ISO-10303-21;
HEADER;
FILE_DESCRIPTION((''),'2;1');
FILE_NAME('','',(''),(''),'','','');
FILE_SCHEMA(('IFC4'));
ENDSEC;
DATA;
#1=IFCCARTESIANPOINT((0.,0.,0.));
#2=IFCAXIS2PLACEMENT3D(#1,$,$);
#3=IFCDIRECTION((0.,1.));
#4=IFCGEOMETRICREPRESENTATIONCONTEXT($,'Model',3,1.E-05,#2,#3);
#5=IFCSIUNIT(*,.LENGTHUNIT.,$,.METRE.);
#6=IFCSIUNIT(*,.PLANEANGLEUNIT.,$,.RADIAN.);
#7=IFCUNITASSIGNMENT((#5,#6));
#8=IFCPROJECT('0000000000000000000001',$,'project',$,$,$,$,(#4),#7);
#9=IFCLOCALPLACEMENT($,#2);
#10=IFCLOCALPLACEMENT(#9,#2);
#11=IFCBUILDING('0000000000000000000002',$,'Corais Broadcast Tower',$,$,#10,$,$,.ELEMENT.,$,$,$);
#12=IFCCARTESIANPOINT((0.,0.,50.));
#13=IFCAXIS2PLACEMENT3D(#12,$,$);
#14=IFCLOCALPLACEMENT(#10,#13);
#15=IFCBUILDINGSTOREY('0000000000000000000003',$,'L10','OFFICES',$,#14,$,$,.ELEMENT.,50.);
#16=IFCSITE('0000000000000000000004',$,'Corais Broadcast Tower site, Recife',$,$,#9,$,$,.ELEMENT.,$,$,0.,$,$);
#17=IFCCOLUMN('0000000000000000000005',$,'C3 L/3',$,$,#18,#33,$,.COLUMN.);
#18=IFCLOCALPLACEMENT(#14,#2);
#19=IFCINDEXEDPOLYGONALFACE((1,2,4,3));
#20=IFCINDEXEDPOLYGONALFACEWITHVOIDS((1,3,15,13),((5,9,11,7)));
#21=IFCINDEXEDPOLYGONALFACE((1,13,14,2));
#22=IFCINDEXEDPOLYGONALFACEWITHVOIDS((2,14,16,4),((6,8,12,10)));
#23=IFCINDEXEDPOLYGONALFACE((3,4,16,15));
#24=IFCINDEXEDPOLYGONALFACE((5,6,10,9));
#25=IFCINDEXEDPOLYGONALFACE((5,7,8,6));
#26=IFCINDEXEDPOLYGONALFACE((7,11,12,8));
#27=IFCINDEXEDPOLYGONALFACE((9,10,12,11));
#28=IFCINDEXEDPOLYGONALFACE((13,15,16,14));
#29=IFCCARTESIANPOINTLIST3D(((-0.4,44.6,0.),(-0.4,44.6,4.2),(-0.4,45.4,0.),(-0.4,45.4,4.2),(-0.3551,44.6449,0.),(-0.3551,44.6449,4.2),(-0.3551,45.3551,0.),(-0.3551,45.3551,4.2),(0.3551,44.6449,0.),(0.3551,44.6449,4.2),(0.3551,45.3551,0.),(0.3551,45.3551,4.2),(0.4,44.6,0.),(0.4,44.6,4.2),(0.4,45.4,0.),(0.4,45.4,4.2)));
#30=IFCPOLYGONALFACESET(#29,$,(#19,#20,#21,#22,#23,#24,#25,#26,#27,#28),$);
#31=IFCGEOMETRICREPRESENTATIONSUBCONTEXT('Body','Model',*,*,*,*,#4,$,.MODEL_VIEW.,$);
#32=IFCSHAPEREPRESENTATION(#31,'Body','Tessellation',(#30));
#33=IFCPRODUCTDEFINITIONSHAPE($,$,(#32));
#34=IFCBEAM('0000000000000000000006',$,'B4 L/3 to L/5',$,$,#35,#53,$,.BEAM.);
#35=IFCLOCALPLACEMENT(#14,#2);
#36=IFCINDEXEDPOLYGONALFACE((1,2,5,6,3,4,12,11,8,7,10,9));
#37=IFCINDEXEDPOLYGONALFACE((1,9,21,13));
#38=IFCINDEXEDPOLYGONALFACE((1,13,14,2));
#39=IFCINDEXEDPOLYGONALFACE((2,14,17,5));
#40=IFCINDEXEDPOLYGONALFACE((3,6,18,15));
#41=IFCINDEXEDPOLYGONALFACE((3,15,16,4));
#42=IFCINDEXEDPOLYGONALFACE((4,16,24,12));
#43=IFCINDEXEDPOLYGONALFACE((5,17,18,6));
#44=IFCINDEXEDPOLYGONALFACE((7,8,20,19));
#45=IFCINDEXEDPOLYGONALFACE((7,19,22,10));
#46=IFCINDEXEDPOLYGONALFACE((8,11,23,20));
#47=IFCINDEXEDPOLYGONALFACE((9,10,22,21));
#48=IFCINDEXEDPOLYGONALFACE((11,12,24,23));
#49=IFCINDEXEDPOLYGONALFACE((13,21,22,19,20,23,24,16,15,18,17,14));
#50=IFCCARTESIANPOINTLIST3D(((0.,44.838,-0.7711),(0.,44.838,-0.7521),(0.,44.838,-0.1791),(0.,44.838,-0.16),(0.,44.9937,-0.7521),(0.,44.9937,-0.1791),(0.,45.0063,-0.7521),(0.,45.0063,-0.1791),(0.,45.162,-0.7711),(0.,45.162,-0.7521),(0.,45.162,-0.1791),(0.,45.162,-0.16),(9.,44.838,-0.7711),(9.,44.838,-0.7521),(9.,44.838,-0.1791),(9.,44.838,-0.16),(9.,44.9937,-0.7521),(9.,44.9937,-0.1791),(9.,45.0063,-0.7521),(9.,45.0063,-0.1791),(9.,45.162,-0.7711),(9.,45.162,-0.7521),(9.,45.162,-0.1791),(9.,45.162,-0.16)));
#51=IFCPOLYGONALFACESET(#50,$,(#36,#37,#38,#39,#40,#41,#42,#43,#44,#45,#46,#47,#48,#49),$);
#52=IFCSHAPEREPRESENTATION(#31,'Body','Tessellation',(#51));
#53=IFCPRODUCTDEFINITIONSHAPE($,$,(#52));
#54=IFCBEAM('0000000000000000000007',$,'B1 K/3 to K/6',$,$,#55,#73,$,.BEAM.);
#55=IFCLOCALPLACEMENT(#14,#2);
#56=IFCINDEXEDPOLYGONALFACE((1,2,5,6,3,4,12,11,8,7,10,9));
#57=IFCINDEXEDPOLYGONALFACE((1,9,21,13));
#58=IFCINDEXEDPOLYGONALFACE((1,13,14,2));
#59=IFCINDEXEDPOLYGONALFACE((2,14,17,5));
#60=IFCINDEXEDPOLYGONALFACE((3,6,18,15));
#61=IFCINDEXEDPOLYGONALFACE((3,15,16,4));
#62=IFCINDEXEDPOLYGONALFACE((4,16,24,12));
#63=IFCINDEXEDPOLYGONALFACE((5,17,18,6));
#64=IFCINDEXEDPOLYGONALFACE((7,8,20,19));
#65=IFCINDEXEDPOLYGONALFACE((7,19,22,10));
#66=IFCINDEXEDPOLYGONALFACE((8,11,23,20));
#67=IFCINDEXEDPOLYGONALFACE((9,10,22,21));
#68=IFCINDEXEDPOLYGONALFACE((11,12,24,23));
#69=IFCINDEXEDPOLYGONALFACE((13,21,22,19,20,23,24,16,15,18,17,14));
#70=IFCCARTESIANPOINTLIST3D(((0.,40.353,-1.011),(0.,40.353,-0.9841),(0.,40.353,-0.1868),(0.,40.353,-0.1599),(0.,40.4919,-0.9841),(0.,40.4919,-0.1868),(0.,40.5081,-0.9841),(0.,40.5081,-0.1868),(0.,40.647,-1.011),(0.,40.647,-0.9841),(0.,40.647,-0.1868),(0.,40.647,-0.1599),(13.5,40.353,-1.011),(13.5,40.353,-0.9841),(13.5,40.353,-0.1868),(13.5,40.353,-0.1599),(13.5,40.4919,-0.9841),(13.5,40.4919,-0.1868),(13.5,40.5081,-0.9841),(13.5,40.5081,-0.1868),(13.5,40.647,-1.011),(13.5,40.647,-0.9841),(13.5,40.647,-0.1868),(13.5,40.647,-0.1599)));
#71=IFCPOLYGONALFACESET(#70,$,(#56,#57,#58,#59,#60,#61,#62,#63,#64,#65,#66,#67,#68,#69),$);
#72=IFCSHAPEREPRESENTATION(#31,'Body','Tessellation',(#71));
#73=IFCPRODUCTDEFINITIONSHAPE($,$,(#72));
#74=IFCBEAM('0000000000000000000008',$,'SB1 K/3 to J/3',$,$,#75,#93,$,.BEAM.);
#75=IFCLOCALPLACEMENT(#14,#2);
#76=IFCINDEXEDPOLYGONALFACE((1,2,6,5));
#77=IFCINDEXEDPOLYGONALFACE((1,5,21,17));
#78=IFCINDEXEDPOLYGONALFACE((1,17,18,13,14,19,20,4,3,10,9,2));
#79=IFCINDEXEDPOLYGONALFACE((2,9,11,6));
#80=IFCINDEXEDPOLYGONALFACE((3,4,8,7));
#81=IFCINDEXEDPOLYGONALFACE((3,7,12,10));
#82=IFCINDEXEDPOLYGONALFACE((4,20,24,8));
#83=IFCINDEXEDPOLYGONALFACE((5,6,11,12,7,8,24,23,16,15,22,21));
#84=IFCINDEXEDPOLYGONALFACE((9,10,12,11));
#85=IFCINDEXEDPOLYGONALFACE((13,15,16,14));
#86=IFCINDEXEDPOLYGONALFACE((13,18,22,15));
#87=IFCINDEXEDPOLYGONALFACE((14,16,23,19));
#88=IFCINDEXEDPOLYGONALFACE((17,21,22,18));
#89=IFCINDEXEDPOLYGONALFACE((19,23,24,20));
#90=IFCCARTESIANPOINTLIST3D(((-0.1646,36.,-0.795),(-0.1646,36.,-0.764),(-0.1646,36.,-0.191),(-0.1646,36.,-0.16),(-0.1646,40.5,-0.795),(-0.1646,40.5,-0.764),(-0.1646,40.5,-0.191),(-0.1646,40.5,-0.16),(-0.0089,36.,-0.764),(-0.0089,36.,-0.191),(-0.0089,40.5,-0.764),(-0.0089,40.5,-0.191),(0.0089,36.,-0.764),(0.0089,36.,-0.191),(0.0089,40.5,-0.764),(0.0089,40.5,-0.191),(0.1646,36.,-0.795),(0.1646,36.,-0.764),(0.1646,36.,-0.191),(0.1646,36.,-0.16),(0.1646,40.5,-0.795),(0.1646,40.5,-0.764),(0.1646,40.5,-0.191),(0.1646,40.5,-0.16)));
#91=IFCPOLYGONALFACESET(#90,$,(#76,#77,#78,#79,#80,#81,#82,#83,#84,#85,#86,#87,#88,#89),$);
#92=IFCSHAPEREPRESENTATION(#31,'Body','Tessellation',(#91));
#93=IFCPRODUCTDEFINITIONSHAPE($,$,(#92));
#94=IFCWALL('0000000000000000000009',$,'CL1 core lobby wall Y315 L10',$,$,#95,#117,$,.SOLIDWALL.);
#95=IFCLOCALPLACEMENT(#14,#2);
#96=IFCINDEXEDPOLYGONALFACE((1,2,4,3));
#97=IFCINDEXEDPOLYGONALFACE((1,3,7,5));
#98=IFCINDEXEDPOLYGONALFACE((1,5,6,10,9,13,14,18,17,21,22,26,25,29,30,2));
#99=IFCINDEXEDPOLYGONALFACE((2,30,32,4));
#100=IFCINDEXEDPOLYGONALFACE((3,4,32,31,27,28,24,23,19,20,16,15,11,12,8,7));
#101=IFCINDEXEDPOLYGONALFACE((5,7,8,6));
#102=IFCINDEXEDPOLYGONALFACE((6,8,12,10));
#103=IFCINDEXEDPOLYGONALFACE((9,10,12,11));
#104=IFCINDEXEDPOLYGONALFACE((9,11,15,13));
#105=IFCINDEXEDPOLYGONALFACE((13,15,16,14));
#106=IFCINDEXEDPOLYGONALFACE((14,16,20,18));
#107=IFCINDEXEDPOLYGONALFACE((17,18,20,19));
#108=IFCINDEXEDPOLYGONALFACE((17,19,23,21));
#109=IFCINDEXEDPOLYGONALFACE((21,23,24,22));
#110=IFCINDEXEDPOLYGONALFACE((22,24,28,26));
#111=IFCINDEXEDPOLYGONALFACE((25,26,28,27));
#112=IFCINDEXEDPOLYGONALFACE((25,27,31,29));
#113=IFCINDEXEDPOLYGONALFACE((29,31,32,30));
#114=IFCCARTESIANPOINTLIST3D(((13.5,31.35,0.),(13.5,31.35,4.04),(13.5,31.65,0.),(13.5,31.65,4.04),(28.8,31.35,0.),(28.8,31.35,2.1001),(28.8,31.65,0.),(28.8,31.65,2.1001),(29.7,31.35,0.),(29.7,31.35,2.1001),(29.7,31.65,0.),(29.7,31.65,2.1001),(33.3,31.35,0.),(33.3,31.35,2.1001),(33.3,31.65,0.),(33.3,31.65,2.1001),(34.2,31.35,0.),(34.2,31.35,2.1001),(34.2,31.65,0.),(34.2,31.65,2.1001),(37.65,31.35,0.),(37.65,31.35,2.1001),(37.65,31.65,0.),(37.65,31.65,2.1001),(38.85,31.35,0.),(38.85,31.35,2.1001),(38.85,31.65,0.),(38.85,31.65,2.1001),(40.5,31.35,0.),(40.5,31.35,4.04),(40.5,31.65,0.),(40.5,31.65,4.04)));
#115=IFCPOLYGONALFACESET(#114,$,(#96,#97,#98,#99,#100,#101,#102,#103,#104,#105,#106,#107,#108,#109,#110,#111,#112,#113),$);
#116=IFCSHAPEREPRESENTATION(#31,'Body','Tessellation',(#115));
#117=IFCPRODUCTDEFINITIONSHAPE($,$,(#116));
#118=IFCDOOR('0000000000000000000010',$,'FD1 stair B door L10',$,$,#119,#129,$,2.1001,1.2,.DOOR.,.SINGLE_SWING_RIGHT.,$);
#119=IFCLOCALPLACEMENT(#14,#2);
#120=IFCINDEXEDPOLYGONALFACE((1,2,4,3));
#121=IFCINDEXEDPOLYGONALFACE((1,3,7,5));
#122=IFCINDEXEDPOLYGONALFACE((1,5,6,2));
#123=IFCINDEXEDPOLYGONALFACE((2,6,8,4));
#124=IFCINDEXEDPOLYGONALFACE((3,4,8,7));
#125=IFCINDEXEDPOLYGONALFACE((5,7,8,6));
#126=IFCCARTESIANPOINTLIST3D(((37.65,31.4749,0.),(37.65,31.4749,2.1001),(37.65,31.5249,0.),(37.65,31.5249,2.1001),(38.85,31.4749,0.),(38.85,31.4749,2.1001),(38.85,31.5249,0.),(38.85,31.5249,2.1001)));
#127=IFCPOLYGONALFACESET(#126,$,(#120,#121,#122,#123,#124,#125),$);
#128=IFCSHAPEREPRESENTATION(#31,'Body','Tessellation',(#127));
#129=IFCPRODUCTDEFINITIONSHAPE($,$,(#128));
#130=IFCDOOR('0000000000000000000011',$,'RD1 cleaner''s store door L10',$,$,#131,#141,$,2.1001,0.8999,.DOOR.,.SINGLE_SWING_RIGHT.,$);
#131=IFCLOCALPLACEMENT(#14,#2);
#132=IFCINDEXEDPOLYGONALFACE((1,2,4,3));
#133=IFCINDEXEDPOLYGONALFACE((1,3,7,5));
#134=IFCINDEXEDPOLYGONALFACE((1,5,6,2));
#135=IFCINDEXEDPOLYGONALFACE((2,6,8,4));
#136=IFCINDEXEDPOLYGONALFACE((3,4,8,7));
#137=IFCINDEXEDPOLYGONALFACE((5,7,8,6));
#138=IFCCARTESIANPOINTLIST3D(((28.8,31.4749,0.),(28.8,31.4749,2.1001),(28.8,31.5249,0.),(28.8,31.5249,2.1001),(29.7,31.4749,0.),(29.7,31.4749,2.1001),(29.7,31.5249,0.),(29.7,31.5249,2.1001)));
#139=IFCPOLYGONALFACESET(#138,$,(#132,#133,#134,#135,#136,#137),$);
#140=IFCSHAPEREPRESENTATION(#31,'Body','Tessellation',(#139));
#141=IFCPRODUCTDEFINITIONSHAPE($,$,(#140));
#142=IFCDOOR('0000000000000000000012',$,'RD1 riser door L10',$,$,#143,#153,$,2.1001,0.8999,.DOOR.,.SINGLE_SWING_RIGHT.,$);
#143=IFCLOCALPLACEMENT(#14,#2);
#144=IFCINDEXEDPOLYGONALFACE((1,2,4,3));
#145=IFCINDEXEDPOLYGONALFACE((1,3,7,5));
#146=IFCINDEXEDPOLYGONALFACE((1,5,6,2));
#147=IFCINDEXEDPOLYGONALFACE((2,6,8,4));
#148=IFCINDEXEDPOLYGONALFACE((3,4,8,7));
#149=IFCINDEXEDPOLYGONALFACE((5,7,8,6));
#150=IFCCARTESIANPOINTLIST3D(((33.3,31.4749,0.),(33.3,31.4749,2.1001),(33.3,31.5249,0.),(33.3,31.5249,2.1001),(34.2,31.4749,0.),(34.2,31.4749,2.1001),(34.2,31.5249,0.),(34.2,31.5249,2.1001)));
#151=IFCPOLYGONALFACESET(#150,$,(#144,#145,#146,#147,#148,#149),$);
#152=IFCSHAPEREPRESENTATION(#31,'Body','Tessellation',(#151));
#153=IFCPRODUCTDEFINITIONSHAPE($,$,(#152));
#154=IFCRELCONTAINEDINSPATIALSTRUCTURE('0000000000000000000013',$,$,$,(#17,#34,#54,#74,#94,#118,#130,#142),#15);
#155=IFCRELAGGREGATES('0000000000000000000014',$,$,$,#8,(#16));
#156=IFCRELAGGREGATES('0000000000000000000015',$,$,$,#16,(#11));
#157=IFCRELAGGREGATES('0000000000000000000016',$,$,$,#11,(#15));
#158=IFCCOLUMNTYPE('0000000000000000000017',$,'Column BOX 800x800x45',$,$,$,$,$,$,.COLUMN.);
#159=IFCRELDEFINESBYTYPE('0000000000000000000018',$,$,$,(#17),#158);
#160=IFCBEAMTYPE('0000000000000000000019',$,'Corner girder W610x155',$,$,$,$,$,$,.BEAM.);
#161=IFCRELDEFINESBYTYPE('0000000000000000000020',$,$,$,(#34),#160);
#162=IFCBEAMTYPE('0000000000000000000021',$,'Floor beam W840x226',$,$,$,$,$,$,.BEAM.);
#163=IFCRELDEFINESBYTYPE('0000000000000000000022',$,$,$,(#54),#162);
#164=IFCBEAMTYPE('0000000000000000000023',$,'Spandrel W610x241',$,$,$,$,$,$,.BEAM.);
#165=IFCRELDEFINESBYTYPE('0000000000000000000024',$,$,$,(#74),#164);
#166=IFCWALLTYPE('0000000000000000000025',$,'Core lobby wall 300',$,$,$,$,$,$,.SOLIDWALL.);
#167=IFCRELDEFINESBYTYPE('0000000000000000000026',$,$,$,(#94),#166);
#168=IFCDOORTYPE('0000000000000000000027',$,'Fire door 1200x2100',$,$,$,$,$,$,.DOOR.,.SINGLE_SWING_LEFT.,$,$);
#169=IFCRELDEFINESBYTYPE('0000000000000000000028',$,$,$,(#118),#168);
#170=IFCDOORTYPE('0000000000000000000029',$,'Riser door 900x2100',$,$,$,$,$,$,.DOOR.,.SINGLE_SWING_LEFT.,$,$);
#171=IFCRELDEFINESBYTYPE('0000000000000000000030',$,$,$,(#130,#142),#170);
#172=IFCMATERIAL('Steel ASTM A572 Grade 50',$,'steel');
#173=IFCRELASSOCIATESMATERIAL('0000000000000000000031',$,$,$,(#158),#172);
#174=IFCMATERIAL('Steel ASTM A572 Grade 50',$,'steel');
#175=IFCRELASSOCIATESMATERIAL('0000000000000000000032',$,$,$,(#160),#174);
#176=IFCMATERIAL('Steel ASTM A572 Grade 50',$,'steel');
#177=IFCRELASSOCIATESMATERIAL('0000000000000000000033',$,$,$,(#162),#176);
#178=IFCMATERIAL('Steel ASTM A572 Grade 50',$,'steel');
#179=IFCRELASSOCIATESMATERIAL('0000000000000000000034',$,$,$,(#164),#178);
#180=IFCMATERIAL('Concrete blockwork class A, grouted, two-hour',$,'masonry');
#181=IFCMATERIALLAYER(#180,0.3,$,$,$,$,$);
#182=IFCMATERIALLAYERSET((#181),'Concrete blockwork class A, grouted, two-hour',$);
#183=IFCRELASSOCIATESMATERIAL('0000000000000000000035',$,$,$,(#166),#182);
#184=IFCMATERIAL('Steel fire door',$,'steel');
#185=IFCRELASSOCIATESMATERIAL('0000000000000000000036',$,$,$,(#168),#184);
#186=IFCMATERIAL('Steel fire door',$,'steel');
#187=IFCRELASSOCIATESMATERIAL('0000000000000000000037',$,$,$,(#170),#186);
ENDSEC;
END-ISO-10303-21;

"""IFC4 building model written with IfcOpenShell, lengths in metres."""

from ifc_helpers import new_model, si_unit, direction, frame, frame_2d, origin, origin_2d, place, context, subcontext, project, spatial, rectangle, hollow_rectangle, i_section, extrude, material, layer, layer_set, material_profile, profile_set, type_object, element, fill, save


model = new_model("IFC4")

# Units and contexts
model_context = context("Model", 3, precision=1e-05, world=origin(), true_north=direction((0.0, 1.0)))
body_context = subcontext(model_context, "Body", "Model", "MODEL_VIEW")
ifc_project = project(units=[si_unit("LENGTHUNIT", "METRE"), si_unit("PLANEANGLEUNIT", "RADIAN")], contexts=[model_context])

# Site, building, storey
site_placement = place(None, origin())
site = spatial("IfcSite", under=ifc_project, at=site_placement, Name="Corais Broadcast Tower site, Recife", CompositionType="ELEMENT", RefElevation=0.0)
building_placement = place(site_placement, origin())
building = spatial("IfcBuilding", under=site, at=building_placement, Name="Corais Broadcast Tower", CompositionType="ELEMENT")
storey_placement = place(building_placement, frame((0.0, 0.0, 50.0)))
storey = spatial("IfcBuildingStorey", under=building, at=storey_placement, Name="L10", Description="OFFICES", CompositionType="ELEMENT", Elevation=50.0)

# Column
ifc_material_1 = material(Name="Steel ASTM A572 Grade 50", Category="steel")
ifc_material_profile_1 = material_profile(ifc_material_1, hollow_rectangle(XDim=0.8, YDim=0.8, WallThickness=0.0449, at=origin_2d()), Name="BOX 800x800x45")
ifc_profile_set_1 = profile_set([ifc_material_profile_1], Name="Steel ASTM A572 Grade 50")
column_type = type_object("IfcColumnType", Name="Column BOX 800x800x45", PredefinedType="COLUMN", material=ifc_profile_set_1)
column_placement = place(storey_placement, frame((0.0, 45.0, 0.0), z_axis=(0.0, 0.0, 1.0), x_axis=(1.0, 0.0, 0.0)))
element("IfcColumn", 1, at=column_placement, inside=storey, type_object=column_type, Name="C3 L/3", PredefinedType="COLUMN", context=body_context, shape_type="SweptSolid", body=[
    extrude(hollow_rectangle(XDim=0.8, YDim=0.8, WallThickness=0.0449, at=origin_2d()), origin(), (0.0, 0.0, 1.0), 4.2),
])

# Beams
ifc_material_2 = material(Name="Steel ASTM A572 Grade 50", Category="steel")
ifc_material_profile_2 = material_profile(ifc_material_2, i_section(OverallWidth=0.324, OverallDepth=0.6111, WebThickness=0.0127, FlangeThickness=0.019, at=origin_2d()), Name="W610x155")
ifc_profile_set_2 = profile_set([ifc_material_profile_2], Name="Steel ASTM A572 Grade 50")
beam_type_1 = type_object("IfcBeamType", Name="Corner girder W610x155", PredefinedType="BEAM", material=ifc_profile_set_2)
beam_1_placement = place(storey_placement, frame((0.0, 45.0, -0.4656), z_axis=(1.0, 0.0, 0.0), x_axis=(0.0, 1.0, 0.0)))
element("IfcBeam", 2, at=beam_1_placement, inside=storey, type_object=beam_type_1, Name="B4 L/3 to L/5", PredefinedType="BEAM", context=body_context, shape_type="SweptSolid", body=[
    extrude(i_section(OverallWidth=0.324, OverallDepth=0.6111, WebThickness=0.0127, FlangeThickness=0.019, at=origin_2d()), origin(), (0.0, 0.0, 1.0), 9.0),
])
ifc_material_3 = material(Name="Steel ASTM A572 Grade 50", Category="steel")
ifc_material_profile_3 = material_profile(ifc_material_3, i_section(OverallWidth=0.2939, OverallDepth=0.8511, WebThickness=0.0161, FlangeThickness=0.0269, at=origin_2d()), Name="W840x226")
ifc_profile_set_3 = profile_set([ifc_material_profile_3], Name="Steel ASTM A572 Grade 50")
beam_type_2 = type_object("IfcBeamType", Name="Floor beam W840x226", PredefinedType="BEAM", material=ifc_profile_set_3)
beam_2_placement = place(storey_placement, frame((0.0, 40.5, -0.5854), z_axis=(1.0, 0.0, 0.0), x_axis=(0.0, 1.0, 0.0)))
element("IfcBeam", 3, at=beam_2_placement, inside=storey, type_object=beam_type_2, Name="B1 K/3 to K/6", PredefinedType="BEAM", context=body_context, shape_type="SweptSolid", body=[
    extrude(i_section(OverallWidth=0.2939, OverallDepth=0.8511, WebThickness=0.0161, FlangeThickness=0.0269, at=origin_2d()), origin(), (0.0, 0.0, 1.0), 13.5),
])
ifc_material_4 = material(Name="Steel ASTM A572 Grade 50", Category="steel")
ifc_material_profile_4 = material_profile(ifc_material_4, i_section(OverallWidth=0.3291, OverallDepth=0.635, WebThickness=0.0178, FlangeThickness=0.031, at=origin_2d()), Name="W610x241")
ifc_profile_set_4 = profile_set([ifc_material_profile_4], Name="Steel ASTM A572 Grade 50")
beam_type_3 = type_object("IfcBeamType", Name="Spandrel W610x241", PredefinedType="BEAM", material=ifc_profile_set_4)
beam_3_placement = place(storey_placement, frame((0.0, 40.5, -0.4775), z_axis=(0.0, -1.0, 0.0), x_axis=(1.0, 0.0, 0.0)))
element("IfcBeam", 4, at=beam_3_placement, inside=storey, type_object=beam_type_3, Name="SB1 K/3 to J/3", PredefinedType="BEAM", context=body_context, shape_type="SweptSolid", body=[
    extrude(i_section(OverallWidth=0.3291, OverallDepth=0.635, WebThickness=0.0178, FlangeThickness=0.031, at=origin_2d()), origin(), (0.0, 0.0, 1.0), 4.5),
])

# Wall, openings, doors
ifc_material_5 = material(Name="Concrete blockwork class A, grouted, two-hour", Category="masonry")
ifc_layer_1 = layer(ifc_material_5, 0.3)
ifc_layer_set_1 = layer_set([ifc_layer_1], Name="Concrete blockwork class A, grouted, two-hour")
wall_type_1 = type_object("IfcWallType", Name="Core lobby wall 300", PredefinedType="SOLIDWALL", material=ifc_layer_set_1)
wall_1_placement = place(storey_placement, frame((13.5, 31.5, 0.0), z_axis=(0.0, 0.0, 1.0), x_axis=(1.0, 0.0, 0.0)))
wall_1 = element("IfcWall", 5, at=wall_1_placement, inside=storey, type_object=wall_type_1, Name="CL1 core lobby wall Y315 L10", PredefinedType="SOLIDWALL", context=body_context, shape_type="SweptSolid", body=[
    extrude(rectangle(XDim=27.0, YDim=0.3, at=frame_2d((13.5, 0.0))), origin(), (0.0, 0.0, 1.0), 4.04),
])
opening_1_placement = place(wall_1_placement, frame((24.1499, 0.0, 0.0)))
opening_1 = element("IfcOpeningElement", 6, at=opening_1_placement, cuts=wall_1, PredefinedType="OPENING", context=body_context, shape_type="SweptSolid", body=[
    extrude(rectangle(XDim=1.2, YDim=2.1001, at=frame_2d((0.6001, 1.05))), frame((0.0, 0.1599, 0.0), z_axis=(0.0, -1.0, 0.0), x_axis=(1.0, 0.0, 0.0)), (0.0, 0.0, 1.0), 0.3201),
])
opening_2_placement = place(wall_1_placement, frame((15.3, 0.0, 0.0)))
opening_2 = element("IfcOpeningElement", 7, at=opening_2_placement, cuts=wall_1, PredefinedType="OPENING", context=body_context, shape_type="SweptSolid", body=[
    extrude(rectangle(XDim=0.8999, YDim=2.1001, at=frame_2d((0.45, 1.05))), frame((0.0, 0.1599, 0.0), z_axis=(0.0, -1.0, 0.0), x_axis=(1.0, 0.0, 0.0)), (0.0, 0.0, 1.0), 0.3201),
])
opening_3_placement = place(wall_1_placement, frame((19.8, 0.0, 0.0)))
opening_3 = element("IfcOpeningElement", 8, at=opening_3_placement, cuts=wall_1, PredefinedType="OPENING", context=body_context, shape_type="SweptSolid", body=[
    extrude(rectangle(XDim=0.8999, YDim=2.1001, at=frame_2d((0.45, 1.05))), frame((0.0, 0.1599, 0.0), z_axis=(0.0, -1.0, 0.0), x_axis=(1.0, 0.0, 0.0)), (0.0, 0.0, 1.0), 0.3201),
])
ifc_material_6 = material(Name="Steel fire door", Category="steel")
door_type_1 = type_object("IfcDoorType", Name="Fire door 1200x2100", OperationType="SINGLE_SWING_LEFT", PredefinedType="DOOR", material=ifc_material_6)
door_1_placement = place(opening_1_placement, origin())
door_1 = element("IfcDoor", 9, at=door_1_placement, inside=storey, type_object=door_type_1, Name="FD1 stair B door L10", OperationType="SINGLE_SWING_RIGHT", OverallHeight=2.1001, OverallWidth=1.2, PredefinedType="DOOR", context=body_context, shape_type="SweptSolid", body=[
    extrude(rectangle(XDim=1.2, YDim=2.1001, at=frame_2d((0.6001, 1.05))), frame((0.0, 0.0249, 0.0), z_axis=(0.0, -1.0, 0.0), x_axis=(1.0, 0.0, 0.0)), (0.0, 0.0, 1.0), 0.05),
])
fill(opening_1, door_1)
ifc_material_7 = material(Name="Steel fire door", Category="steel")
door_type_2 = type_object("IfcDoorType", Name="Riser door 900x2100", OperationType="SINGLE_SWING_LEFT", PredefinedType="DOOR", material=ifc_material_7)
door_2_placement = place(opening_2_placement, origin())
door_2 = element("IfcDoor", 10, at=door_2_placement, inside=storey, type_object=door_type_2, Name="RD1 cleaner's store door L10", OperationType="SINGLE_SWING_RIGHT", OverallHeight=2.1001, OverallWidth=0.8999, PredefinedType="DOOR", context=body_context, shape_type="SweptSolid", body=[
    extrude(rectangle(XDim=0.8999, YDim=2.1001, at=frame_2d((0.45, 1.05))), frame((0.0, 0.0249, 0.0), z_axis=(0.0, -1.0, 0.0), x_axis=(1.0, 0.0, 0.0)), (0.0, 0.0, 1.0), 0.05),
])
fill(opening_2, door_2)
door_3_placement = place(opening_3_placement, origin())
door_3 = element("IfcDoor", 11, at=door_3_placement, inside=storey, type_object=door_type_2, Name="RD1 riser door L10", OperationType="SINGLE_SWING_RIGHT", OverallHeight=2.1001, OverallWidth=0.8999, PredefinedType="DOOR", context=body_context, shape_type="SweptSolid", body=[
    extrude(rectangle(XDim=0.8999, YDim=2.1001, at=frame_2d((0.45, 1.05))), frame((0.0, 0.0249, 0.0), z_axis=(0.0, -1.0, 0.0), x_axis=(1.0, 0.0, 0.0)), (0.0, 0.0, 1.0), 0.05),
])
fill(opening_3, door_3)

save(model, "model.ifc")
